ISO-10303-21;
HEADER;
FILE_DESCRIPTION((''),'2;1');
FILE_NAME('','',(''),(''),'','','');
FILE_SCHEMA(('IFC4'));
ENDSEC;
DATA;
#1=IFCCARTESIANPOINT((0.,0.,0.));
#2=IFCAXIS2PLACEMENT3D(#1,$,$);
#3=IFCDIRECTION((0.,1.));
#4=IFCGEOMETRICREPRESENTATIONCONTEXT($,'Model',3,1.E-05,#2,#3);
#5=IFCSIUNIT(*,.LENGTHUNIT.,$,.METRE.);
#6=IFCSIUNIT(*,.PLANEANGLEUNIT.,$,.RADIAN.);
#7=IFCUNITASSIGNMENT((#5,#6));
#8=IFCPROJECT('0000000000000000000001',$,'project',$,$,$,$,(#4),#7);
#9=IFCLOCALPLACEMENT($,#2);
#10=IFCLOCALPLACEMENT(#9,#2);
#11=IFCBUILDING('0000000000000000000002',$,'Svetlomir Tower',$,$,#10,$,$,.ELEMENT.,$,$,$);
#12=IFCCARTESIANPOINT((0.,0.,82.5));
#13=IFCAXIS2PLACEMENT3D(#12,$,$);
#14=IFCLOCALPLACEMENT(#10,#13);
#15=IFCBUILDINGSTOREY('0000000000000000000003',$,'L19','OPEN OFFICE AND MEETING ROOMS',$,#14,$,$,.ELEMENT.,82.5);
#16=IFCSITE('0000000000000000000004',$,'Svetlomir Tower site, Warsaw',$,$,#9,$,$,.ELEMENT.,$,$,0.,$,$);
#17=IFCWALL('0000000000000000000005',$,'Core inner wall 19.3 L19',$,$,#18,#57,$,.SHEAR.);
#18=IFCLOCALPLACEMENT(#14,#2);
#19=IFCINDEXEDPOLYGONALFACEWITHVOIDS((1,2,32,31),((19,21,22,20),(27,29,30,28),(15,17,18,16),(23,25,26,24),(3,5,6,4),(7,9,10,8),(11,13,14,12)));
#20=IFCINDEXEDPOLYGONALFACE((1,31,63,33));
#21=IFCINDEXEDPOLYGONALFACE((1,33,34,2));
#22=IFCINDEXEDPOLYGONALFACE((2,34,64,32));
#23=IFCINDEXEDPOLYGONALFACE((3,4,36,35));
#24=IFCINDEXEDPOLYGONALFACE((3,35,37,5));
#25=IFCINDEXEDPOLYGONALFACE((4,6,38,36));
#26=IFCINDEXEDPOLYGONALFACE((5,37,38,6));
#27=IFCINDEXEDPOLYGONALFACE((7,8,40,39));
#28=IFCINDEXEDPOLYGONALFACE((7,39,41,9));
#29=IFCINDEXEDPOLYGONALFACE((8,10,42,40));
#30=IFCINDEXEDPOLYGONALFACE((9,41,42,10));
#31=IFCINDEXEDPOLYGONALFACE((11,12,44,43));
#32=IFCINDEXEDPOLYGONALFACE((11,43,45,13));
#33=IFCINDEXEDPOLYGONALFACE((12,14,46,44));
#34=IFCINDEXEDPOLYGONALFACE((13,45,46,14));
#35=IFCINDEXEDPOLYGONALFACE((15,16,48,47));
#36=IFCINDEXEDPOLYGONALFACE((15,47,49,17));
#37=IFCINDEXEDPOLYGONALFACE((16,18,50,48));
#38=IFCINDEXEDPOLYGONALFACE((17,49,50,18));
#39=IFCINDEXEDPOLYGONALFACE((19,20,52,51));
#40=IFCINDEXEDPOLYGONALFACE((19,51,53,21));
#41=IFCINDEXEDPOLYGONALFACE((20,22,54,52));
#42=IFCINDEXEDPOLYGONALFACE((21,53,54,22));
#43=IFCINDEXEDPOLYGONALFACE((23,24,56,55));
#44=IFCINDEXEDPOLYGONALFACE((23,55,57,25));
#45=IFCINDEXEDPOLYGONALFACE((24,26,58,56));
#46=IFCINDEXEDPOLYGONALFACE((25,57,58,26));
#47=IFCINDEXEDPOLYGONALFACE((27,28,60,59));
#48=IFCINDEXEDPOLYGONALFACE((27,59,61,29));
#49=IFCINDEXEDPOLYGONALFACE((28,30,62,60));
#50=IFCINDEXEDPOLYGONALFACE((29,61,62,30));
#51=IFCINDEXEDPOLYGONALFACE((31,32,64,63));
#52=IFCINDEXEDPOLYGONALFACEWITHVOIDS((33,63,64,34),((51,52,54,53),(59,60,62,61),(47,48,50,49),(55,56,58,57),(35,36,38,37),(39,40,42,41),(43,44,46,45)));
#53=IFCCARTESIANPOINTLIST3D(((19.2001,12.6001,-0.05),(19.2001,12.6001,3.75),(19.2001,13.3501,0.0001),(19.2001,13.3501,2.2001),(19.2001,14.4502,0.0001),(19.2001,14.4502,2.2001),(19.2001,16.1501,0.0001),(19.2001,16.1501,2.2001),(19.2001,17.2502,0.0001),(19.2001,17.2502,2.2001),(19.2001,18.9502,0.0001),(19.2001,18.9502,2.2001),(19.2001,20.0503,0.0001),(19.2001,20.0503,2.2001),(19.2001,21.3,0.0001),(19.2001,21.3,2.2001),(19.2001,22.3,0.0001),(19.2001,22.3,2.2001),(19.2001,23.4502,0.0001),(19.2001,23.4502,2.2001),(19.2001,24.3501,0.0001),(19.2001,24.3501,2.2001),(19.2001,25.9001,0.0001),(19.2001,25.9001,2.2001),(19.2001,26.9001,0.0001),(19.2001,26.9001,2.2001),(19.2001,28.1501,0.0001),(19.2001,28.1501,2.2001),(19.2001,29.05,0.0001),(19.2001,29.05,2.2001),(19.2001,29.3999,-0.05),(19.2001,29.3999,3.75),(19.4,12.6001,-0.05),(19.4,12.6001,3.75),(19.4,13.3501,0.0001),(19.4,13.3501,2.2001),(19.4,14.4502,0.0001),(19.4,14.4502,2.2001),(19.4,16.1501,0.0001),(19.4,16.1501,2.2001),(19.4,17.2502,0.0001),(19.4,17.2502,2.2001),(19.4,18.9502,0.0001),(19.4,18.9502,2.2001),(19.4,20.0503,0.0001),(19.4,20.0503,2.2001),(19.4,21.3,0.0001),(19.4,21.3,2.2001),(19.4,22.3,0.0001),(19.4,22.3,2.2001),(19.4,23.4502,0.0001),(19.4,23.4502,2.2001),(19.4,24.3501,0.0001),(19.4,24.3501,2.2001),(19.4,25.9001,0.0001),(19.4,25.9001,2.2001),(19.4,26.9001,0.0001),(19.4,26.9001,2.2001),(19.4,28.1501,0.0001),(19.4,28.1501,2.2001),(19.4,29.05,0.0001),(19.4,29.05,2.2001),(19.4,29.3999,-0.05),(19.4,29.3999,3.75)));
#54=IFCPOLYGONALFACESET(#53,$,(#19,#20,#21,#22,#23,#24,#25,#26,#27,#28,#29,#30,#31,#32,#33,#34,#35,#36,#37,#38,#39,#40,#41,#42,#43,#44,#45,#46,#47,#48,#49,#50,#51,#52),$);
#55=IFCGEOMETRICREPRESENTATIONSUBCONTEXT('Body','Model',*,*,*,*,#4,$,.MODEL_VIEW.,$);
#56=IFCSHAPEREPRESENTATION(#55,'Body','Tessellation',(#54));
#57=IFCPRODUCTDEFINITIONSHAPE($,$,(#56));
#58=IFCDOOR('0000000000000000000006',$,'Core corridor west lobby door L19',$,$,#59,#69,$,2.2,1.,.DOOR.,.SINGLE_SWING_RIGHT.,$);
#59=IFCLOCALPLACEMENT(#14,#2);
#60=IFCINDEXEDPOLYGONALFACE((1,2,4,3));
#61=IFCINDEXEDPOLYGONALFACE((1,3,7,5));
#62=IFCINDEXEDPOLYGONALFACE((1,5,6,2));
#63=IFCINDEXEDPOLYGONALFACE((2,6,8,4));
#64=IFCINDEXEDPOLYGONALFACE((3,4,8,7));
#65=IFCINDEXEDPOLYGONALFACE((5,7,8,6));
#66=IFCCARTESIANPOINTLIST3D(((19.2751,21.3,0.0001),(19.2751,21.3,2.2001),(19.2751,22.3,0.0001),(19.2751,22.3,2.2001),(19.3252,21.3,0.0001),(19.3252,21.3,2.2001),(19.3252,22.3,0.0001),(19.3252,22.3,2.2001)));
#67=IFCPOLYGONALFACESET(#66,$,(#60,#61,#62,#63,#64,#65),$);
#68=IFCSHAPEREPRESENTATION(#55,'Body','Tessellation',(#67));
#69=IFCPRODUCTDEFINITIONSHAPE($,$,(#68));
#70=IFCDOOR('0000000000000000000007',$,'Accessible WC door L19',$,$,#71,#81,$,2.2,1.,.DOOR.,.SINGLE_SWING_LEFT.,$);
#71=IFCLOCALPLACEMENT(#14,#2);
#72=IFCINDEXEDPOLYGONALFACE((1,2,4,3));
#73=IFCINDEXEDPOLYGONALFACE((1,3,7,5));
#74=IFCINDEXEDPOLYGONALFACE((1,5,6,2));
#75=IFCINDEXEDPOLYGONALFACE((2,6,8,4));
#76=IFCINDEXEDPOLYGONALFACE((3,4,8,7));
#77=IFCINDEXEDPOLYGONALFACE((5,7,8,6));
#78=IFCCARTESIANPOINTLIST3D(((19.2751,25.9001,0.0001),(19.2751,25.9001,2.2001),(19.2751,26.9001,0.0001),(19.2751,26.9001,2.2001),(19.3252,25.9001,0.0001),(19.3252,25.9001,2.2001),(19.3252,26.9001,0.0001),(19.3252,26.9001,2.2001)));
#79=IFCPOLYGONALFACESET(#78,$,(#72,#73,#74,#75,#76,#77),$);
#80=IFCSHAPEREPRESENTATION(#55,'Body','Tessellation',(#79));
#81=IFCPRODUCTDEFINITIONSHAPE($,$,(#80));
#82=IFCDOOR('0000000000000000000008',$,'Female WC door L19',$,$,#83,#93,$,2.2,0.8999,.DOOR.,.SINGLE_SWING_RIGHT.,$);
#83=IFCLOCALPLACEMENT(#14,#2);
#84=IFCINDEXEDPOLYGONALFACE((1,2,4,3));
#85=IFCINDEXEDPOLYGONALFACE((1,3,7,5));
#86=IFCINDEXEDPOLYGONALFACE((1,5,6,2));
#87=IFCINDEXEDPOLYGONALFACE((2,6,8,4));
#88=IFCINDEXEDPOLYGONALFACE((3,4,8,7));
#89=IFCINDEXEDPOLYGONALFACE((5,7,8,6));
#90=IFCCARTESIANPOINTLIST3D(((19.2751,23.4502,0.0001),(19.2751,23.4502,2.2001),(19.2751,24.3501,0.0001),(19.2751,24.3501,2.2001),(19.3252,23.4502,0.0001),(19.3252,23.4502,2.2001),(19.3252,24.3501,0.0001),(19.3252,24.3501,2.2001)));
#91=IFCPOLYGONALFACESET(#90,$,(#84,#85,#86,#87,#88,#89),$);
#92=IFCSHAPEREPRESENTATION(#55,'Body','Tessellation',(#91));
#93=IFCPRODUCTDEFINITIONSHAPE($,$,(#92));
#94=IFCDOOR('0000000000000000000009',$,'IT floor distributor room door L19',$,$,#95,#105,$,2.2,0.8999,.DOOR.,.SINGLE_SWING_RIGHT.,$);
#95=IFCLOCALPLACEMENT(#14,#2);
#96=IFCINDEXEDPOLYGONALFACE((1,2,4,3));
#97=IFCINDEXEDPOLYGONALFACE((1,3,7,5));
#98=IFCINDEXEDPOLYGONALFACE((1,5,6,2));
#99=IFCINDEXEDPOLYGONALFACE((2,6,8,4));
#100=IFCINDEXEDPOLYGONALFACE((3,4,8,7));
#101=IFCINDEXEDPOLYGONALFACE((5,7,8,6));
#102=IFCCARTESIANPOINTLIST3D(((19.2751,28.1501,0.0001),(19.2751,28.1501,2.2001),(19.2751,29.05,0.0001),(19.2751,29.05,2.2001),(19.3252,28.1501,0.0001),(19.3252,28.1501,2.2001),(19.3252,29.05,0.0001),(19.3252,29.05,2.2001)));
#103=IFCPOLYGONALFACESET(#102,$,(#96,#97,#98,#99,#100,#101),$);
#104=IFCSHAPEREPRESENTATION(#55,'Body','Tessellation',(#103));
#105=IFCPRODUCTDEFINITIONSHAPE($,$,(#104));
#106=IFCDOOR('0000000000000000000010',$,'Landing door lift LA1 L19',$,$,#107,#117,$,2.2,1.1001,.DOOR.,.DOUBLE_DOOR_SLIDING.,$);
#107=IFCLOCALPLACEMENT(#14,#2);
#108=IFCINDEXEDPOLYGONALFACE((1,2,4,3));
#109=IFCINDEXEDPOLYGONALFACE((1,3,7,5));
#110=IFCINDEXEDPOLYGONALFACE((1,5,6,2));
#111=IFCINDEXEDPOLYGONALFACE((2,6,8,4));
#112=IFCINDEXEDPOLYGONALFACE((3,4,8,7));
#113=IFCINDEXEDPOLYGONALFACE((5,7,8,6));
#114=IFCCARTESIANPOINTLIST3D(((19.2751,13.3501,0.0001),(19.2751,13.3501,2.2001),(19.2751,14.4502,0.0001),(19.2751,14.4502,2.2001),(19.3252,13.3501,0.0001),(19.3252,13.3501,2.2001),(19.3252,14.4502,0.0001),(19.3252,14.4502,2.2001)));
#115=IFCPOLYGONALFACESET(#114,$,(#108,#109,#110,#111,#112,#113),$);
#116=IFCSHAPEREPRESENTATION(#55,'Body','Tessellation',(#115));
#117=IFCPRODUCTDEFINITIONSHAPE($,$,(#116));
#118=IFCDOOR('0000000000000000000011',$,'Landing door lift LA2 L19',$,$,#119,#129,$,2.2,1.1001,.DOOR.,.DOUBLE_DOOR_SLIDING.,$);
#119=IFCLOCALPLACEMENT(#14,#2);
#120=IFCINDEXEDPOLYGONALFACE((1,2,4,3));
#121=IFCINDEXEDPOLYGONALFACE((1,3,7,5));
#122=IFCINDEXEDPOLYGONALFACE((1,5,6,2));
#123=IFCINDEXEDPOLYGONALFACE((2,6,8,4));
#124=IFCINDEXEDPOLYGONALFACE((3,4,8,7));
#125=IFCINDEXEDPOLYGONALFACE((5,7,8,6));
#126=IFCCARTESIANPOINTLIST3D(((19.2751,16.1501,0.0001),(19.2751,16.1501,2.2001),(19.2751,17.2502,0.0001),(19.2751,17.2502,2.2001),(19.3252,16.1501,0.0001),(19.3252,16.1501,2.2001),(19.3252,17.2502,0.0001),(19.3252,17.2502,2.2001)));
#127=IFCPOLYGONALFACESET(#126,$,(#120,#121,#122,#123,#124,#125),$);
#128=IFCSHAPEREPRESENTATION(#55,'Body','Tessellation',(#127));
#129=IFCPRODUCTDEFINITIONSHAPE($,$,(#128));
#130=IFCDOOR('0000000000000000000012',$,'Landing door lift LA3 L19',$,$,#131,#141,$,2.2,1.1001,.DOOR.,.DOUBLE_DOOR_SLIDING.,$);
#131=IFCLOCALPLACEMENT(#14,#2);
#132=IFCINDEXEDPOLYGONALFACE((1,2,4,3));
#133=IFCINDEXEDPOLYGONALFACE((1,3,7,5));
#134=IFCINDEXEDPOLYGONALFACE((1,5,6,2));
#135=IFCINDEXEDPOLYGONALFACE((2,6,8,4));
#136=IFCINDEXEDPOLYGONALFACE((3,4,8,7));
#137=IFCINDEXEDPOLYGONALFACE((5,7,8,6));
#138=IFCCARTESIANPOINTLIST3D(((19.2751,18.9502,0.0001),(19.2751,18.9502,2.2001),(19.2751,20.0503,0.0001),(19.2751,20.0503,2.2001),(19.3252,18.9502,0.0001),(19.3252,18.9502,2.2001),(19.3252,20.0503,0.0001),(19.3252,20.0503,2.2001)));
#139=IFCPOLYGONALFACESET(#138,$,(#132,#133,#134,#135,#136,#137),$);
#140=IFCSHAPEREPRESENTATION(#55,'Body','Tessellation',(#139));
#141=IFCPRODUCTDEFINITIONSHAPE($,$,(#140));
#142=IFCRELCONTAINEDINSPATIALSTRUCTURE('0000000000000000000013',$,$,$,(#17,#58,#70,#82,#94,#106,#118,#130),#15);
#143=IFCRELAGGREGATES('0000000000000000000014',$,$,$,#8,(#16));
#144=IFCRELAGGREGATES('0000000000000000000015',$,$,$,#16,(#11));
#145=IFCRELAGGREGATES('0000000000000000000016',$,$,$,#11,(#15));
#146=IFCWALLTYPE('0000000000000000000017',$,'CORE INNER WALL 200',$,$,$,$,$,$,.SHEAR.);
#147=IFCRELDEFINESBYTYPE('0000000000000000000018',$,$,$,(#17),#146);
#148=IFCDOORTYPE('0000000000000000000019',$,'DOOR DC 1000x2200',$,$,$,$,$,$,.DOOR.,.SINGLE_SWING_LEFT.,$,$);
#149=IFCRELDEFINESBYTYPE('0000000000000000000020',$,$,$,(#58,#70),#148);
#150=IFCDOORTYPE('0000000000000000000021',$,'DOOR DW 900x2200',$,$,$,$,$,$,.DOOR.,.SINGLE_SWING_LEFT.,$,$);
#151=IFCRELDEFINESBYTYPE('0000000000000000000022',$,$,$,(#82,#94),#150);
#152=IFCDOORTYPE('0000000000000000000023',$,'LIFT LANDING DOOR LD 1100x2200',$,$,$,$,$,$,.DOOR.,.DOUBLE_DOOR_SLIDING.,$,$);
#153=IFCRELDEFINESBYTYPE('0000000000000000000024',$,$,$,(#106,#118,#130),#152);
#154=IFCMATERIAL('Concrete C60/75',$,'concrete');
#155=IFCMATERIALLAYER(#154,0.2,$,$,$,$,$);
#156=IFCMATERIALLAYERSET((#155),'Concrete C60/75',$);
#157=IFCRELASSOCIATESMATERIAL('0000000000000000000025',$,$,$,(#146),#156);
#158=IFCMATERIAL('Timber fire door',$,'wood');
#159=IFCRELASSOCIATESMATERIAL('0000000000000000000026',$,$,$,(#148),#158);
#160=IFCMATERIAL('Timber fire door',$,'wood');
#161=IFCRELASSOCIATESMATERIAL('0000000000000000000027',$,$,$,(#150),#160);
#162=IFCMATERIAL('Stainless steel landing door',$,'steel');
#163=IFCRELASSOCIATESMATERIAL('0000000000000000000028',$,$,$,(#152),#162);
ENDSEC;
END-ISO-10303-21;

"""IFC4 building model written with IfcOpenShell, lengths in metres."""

from ifc_helpers import new_model, si_unit, direction, frame, frame_2d, origin, place, context, subcontext, project, spatial, rectangle, extrude, material, layer, layer_set, type_object, element, fill, save


model = new_model("IFC4")

# Units and contexts
model_context = context("Model", 3, precision=1e-05, world=origin(), true_north=direction((0.0, 1.0)))
body_context = subcontext(model_context, "Body", "Model", "MODEL_VIEW")
ifc_project = project(units=[si_unit("LENGTHUNIT", "METRE"), si_unit("PLANEANGLEUNIT", "RADIAN")], contexts=[model_context])

# Site, building, storey
site_placement = place(None, origin())
site = spatial("IfcSite", under=ifc_project, at=site_placement, Name="Svetlomir Tower site, Warsaw", CompositionType="ELEMENT", RefElevation=0.0)
building_placement = place(site_placement, origin())
building = spatial("IfcBuilding", under=site, at=building_placement, Name="Svetlomir Tower", CompositionType="ELEMENT")
storey_placement = place(building_placement, frame((0.0, 0.0, 82.5)))
storey = spatial("IfcBuildingStorey", under=building, at=storey_placement, Name="L19", Description="OPEN OFFICE AND MEETING ROOMS", CompositionType="ELEMENT", Elevation=82.5)

# Shared definitions
ifc_material_1 = material(Name="Concrete C60/75", Category="concrete")
ifc_layer_1 = layer(ifc_material_1, 0.2)
ifc_layer_set_1 = layer_set([ifc_layer_1], Name="Concrete C60/75")
wall_type_1 = type_object("IfcWallType", Name="CORE INNER WALL 200", PredefinedType="SHEAR", material=ifc_layer_set_1)

# Wall, openings, doors
wall_1_placement = place(storey_placement, frame((19.3, 12.6001, -0.05), z_axis=(0.0, 0.0, 1.0), x_axis=(0.0, 1.0, 0.0)))
wall_1 = element("IfcWall", 1, at=wall_1_placement, inside=storey, type_object=wall_type_1, Name="Core inner wall 19.3 L19", PredefinedType="SHEAR", context=body_context, shape_type="SweptSolid", body=[
    extrude(rectangle(XDim=16.7998, YDim=0.2, at=frame_2d((8.3999, 0.0))), origin(), (0.0, 0.0, 1.0), 3.8),
])
opening_1_placement = place(wall_1_placement, frame((8.7, 0.0, 0.05)))
opening_1 = element("IfcOpeningElement", 2, at=opening_1_placement, cuts=wall_1, PredefinedType="OPENING", context=body_context, shape_type="SweptSolid", body=[
    extrude(rectangle(XDim=1.0, YDim=2.2, at=frame_2d((0.5, 1.1001))), frame((0.0, 0.1099, 0.0), z_axis=(0.0, -1.0, 0.0), x_axis=(1.0, 0.0, 0.0)), (0.0, 0.0, 1.0), 0.22),
])
opening_2_placement = place(wall_1_placement, frame((10.8501, 0.0, 0.05)))
opening_2 = element("IfcOpeningElement", 3, at=opening_2_placement, cuts=wall_1, PredefinedType="OPENING", context=body_context, shape_type="SweptSolid", body=[
    extrude(rectangle(XDim=0.8999, YDim=2.2, at=frame_2d((0.45, 1.1001))), frame((0.0, 0.1099, 0.0), z_axis=(0.0, -1.0, 0.0), x_axis=(1.0, 0.0, 0.0)), (0.0, 0.0, 1.0), 0.22),
])
opening_3_placement = place(wall_1_placement, frame((13.3, 0.0, 0.05)))
opening_3 = element("IfcOpeningElement", 4, at=opening_3_placement, cuts=wall_1, PredefinedType="OPENING", context=body_context, shape_type="SweptSolid", body=[
    extrude(rectangle(XDim=1.0, YDim=2.2, at=frame_2d((0.5, 1.1001))), frame((0.0, 0.1099, 0.0), z_axis=(0.0, -1.0, 0.0), x_axis=(1.0, 0.0, 0.0)), (0.0, 0.0, 1.0), 0.22),
])
opening_4_placement = place(wall_1_placement, frame((15.55, 0.0, 0.05)))
opening_4 = element("IfcOpeningElement", 5, at=opening_4_placement, cuts=wall_1, PredefinedType="OPENING", context=body_context, shape_type="SweptSolid", body=[
    extrude(rectangle(XDim=0.8999, YDim=2.2, at=frame_2d((0.45, 1.1001))), frame((0.0, 0.1099, 0.0), z_axis=(0.0, -1.0, 0.0), x_axis=(1.0, 0.0, 0.0)), (0.0, 0.0, 1.0), 0.22),
])
opening_5_placement = place(wall_1_placement, frame((0.75, 0.0, 0.05)))
opening_5 = element("IfcOpeningElement", 6, at=opening_5_placement, cuts=wall_1, PredefinedType="OPENING", context=body_context, shape_type="SweptSolid", body=[
    extrude(rectangle(XDim=1.1001, YDim=2.2, at=frame_2d((0.55, 1.1001))), frame((0.0, 0.1099, 0.0), z_axis=(0.0, -1.0, 0.0), x_axis=(1.0, 0.0, 0.0)), (0.0, 0.0, 1.0), 0.22),
])
opening_6_placement = place(wall_1_placement, frame((3.55, 0.0, 0.05)))
opening_6 = element("IfcOpeningElement", 7, at=opening_6_placement, cuts=wall_1, PredefinedType="OPENING", context=body_context, shape_type="SweptSolid", body=[
    extrude(rectangle(XDim=1.1001, YDim=2.2, at=frame_2d((0.55, 1.1001))), frame((0.0, 0.1099, 0.0), z_axis=(0.0, -1.0, 0.0), x_axis=(1.0, 0.0, 0.0)), (0.0, 0.0, 1.0), 0.22),
])
opening_7_placement = place(wall_1_placement, frame((6.3501, 0.0, 0.05)))
opening_7 = element("IfcOpeningElement", 8, at=opening_7_placement, cuts=wall_1, PredefinedType="OPENING", context=body_context, shape_type="SweptSolid", body=[
    extrude(rectangle(XDim=1.1001, YDim=2.2, at=frame_2d((0.55, 1.1001))), frame((0.0, 0.1099, 0.0), z_axis=(0.0, -1.0, 0.0), x_axis=(1.0, 0.0, 0.0)), (0.0, 0.0, 1.0), 0.22),
])
ifc_material_2 = material(Name="Timber fire door", Category="wood")
door_type_1 = type_object("IfcDoorType", Name="DOOR DC 1000x2200", OperationType="SINGLE_SWING_LEFT", PredefinedType="DOOR", material=ifc_material_2)
door_1_placement = place(opening_1_placement, origin())
door_1 = element("IfcDoor", 9, at=door_1_placement, inside=storey, type_object=door_type_1, Name="Core corridor west lobby door L19", OperationType="SINGLE_SWING_RIGHT", OverallHeight=2.2, OverallWidth=1.0, PredefinedType="DOOR", context=body_context, shape_type="SweptSolid", body=[
    extrude(rectangle(XDim=1.0, YDim=2.2, at=frame_2d((0.5, 1.1001))), frame((0.0, 0.0249, 0.0), z_axis=(0.0, -1.0, 0.0), x_axis=(1.0, 0.0, 0.0)), (0.0, 0.0, 1.0), 0.05),
])
fill(opening_1, door_1)
door_2_placement = place(opening_3_placement, origin())
door_2 = element("IfcDoor", 10, at=door_2_placement, inside=storey, type_object=door_type_1, Name="Accessible WC door L19", OperationType="SINGLE_SWING_LEFT", OverallHeight=2.2, OverallWidth=1.0, PredefinedType="DOOR", context=body_context, shape_type="SweptSolid", body=[
    extrude(rectangle(XDim=1.0, YDim=2.2, at=frame_2d((0.5, 1.1001))), frame((0.0, 0.0249, 0.0), z_axis=(0.0, -1.0, 0.0), x_axis=(1.0, 0.0, 0.0)), (0.0, 0.0, 1.0), 0.05),
])
fill(opening_3, door_2)
ifc_material_3 = material(Name="Timber fire door", Category="wood")
door_type_2 = type_object("IfcDoorType", Name="DOOR DW 900x2200", OperationType="SINGLE_SWING_LEFT", PredefinedType="DOOR", material=ifc_material_3)
door_3_placement = place(opening_2_placement, origin())
door_3 = element("IfcDoor", 11, at=door_3_placement, inside=storey, type_object=door_type_2, Name="Female WC door L19", OperationType="SINGLE_SWING_RIGHT", OverallHeight=2.2, OverallWidth=0.8999, PredefinedType="DOOR", context=body_context, shape_type="SweptSolid", body=[
    extrude(rectangle(XDim=0.8999, YDim=2.2, at=frame_2d((0.45, 1.1001))), frame((0.0, 0.0249, 0.0), z_axis=(0.0, -1.0, 0.0), x_axis=(1.0, 0.0, 0.0)), (0.0, 0.0, 1.0), 0.05),
])
fill(opening_2, door_3)
door_4_placement = place(opening_4_placement, origin())
door_4 = element("IfcDoor", 12, at=door_4_placement, inside=storey, type_object=door_type_2, Name="IT floor distributor room door L19", OperationType="SINGLE_SWING_RIGHT", OverallHeight=2.2, OverallWidth=0.8999, PredefinedType="DOOR", context=body_context, shape_type="SweptSolid", body=[
    extrude(rectangle(XDim=0.8999, YDim=2.2, at=frame_2d((0.45, 1.1001))), frame((0.0, 0.0249, 0.0), z_axis=(0.0, -1.0, 0.0), x_axis=(1.0, 0.0, 0.0)), (0.0, 0.0, 1.0), 0.05),
])
fill(opening_4, door_4)
ifc_material_4 = material(Name="Stainless steel landing door", Category="steel")
door_type_3 = type_object("IfcDoorType", Name="LIFT LANDING DOOR LD 1100x2200", OperationType="DOUBLE_DOOR_SLIDING", PredefinedType="DOOR", material=ifc_material_4)
door_5_placement = place(opening_5_placement, origin())
door_5 = element("IfcDoor", 13, at=door_5_placement, inside=storey, type_object=door_type_3, Name="Landing door lift LA1 L19", OperationType="DOUBLE_DOOR_SLIDING", OverallHeight=2.2, OverallWidth=1.1001, PredefinedType="DOOR", context=body_context, shape_type="SweptSolid", body=[
    extrude(rectangle(XDim=1.1001, YDim=2.2, at=frame_2d((0.55, 1.1001))), frame((0.0, 0.0249, 0.0), z_axis=(0.0, -1.0, 0.0), x_axis=(1.0, 0.0, 0.0)), (0.0, 0.0, 1.0), 0.05),
])
fill(opening_5, door_5)
door_6_placement = place(opening_6_placement, origin())
door_6 = element("IfcDoor", 14, at=door_6_placement, inside=storey, type_object=door_type_3, Name="Landing door lift LA2 L19", OperationType="DOUBLE_DOOR_SLIDING", OverallHeight=2.2, OverallWidth=1.1001, PredefinedType="DOOR", context=body_context, shape_type="SweptSolid", body=[
    extrude(rectangle(XDim=1.1001, YDim=2.2, at=frame_2d((0.55, 1.1001))), frame((0.0, 0.0249, 0.0), z_axis=(0.0, -1.0, 0.0), x_axis=(1.0, 0.0, 0.0)), (0.0, 0.0, 1.0), 0.05),
])
fill(opening_6, door_6)
door_7_placement = place(opening_7_placement, origin())
door_7 = element("IfcDoor", 15, at=door_7_placement, inside=storey, type_object=door_type_3, Name="Landing door lift LA3 L19", OperationType="DOUBLE_DOOR_SLIDING", OverallHeight=2.2, OverallWidth=1.1001, PredefinedType="DOOR", context=body_context, shape_type="SweptSolid", body=[
    extrude(rectangle(XDim=1.1001, YDim=2.2, at=frame_2d((0.55, 1.1001))), frame((0.0, 0.0249, 0.0), z_axis=(0.0, -1.0, 0.0), x_axis=(1.0, 0.0, 0.0)), (0.0, 0.0, 1.0), 0.05),
])
fill(opening_7, door_7)

save(model, "model.ifc")
